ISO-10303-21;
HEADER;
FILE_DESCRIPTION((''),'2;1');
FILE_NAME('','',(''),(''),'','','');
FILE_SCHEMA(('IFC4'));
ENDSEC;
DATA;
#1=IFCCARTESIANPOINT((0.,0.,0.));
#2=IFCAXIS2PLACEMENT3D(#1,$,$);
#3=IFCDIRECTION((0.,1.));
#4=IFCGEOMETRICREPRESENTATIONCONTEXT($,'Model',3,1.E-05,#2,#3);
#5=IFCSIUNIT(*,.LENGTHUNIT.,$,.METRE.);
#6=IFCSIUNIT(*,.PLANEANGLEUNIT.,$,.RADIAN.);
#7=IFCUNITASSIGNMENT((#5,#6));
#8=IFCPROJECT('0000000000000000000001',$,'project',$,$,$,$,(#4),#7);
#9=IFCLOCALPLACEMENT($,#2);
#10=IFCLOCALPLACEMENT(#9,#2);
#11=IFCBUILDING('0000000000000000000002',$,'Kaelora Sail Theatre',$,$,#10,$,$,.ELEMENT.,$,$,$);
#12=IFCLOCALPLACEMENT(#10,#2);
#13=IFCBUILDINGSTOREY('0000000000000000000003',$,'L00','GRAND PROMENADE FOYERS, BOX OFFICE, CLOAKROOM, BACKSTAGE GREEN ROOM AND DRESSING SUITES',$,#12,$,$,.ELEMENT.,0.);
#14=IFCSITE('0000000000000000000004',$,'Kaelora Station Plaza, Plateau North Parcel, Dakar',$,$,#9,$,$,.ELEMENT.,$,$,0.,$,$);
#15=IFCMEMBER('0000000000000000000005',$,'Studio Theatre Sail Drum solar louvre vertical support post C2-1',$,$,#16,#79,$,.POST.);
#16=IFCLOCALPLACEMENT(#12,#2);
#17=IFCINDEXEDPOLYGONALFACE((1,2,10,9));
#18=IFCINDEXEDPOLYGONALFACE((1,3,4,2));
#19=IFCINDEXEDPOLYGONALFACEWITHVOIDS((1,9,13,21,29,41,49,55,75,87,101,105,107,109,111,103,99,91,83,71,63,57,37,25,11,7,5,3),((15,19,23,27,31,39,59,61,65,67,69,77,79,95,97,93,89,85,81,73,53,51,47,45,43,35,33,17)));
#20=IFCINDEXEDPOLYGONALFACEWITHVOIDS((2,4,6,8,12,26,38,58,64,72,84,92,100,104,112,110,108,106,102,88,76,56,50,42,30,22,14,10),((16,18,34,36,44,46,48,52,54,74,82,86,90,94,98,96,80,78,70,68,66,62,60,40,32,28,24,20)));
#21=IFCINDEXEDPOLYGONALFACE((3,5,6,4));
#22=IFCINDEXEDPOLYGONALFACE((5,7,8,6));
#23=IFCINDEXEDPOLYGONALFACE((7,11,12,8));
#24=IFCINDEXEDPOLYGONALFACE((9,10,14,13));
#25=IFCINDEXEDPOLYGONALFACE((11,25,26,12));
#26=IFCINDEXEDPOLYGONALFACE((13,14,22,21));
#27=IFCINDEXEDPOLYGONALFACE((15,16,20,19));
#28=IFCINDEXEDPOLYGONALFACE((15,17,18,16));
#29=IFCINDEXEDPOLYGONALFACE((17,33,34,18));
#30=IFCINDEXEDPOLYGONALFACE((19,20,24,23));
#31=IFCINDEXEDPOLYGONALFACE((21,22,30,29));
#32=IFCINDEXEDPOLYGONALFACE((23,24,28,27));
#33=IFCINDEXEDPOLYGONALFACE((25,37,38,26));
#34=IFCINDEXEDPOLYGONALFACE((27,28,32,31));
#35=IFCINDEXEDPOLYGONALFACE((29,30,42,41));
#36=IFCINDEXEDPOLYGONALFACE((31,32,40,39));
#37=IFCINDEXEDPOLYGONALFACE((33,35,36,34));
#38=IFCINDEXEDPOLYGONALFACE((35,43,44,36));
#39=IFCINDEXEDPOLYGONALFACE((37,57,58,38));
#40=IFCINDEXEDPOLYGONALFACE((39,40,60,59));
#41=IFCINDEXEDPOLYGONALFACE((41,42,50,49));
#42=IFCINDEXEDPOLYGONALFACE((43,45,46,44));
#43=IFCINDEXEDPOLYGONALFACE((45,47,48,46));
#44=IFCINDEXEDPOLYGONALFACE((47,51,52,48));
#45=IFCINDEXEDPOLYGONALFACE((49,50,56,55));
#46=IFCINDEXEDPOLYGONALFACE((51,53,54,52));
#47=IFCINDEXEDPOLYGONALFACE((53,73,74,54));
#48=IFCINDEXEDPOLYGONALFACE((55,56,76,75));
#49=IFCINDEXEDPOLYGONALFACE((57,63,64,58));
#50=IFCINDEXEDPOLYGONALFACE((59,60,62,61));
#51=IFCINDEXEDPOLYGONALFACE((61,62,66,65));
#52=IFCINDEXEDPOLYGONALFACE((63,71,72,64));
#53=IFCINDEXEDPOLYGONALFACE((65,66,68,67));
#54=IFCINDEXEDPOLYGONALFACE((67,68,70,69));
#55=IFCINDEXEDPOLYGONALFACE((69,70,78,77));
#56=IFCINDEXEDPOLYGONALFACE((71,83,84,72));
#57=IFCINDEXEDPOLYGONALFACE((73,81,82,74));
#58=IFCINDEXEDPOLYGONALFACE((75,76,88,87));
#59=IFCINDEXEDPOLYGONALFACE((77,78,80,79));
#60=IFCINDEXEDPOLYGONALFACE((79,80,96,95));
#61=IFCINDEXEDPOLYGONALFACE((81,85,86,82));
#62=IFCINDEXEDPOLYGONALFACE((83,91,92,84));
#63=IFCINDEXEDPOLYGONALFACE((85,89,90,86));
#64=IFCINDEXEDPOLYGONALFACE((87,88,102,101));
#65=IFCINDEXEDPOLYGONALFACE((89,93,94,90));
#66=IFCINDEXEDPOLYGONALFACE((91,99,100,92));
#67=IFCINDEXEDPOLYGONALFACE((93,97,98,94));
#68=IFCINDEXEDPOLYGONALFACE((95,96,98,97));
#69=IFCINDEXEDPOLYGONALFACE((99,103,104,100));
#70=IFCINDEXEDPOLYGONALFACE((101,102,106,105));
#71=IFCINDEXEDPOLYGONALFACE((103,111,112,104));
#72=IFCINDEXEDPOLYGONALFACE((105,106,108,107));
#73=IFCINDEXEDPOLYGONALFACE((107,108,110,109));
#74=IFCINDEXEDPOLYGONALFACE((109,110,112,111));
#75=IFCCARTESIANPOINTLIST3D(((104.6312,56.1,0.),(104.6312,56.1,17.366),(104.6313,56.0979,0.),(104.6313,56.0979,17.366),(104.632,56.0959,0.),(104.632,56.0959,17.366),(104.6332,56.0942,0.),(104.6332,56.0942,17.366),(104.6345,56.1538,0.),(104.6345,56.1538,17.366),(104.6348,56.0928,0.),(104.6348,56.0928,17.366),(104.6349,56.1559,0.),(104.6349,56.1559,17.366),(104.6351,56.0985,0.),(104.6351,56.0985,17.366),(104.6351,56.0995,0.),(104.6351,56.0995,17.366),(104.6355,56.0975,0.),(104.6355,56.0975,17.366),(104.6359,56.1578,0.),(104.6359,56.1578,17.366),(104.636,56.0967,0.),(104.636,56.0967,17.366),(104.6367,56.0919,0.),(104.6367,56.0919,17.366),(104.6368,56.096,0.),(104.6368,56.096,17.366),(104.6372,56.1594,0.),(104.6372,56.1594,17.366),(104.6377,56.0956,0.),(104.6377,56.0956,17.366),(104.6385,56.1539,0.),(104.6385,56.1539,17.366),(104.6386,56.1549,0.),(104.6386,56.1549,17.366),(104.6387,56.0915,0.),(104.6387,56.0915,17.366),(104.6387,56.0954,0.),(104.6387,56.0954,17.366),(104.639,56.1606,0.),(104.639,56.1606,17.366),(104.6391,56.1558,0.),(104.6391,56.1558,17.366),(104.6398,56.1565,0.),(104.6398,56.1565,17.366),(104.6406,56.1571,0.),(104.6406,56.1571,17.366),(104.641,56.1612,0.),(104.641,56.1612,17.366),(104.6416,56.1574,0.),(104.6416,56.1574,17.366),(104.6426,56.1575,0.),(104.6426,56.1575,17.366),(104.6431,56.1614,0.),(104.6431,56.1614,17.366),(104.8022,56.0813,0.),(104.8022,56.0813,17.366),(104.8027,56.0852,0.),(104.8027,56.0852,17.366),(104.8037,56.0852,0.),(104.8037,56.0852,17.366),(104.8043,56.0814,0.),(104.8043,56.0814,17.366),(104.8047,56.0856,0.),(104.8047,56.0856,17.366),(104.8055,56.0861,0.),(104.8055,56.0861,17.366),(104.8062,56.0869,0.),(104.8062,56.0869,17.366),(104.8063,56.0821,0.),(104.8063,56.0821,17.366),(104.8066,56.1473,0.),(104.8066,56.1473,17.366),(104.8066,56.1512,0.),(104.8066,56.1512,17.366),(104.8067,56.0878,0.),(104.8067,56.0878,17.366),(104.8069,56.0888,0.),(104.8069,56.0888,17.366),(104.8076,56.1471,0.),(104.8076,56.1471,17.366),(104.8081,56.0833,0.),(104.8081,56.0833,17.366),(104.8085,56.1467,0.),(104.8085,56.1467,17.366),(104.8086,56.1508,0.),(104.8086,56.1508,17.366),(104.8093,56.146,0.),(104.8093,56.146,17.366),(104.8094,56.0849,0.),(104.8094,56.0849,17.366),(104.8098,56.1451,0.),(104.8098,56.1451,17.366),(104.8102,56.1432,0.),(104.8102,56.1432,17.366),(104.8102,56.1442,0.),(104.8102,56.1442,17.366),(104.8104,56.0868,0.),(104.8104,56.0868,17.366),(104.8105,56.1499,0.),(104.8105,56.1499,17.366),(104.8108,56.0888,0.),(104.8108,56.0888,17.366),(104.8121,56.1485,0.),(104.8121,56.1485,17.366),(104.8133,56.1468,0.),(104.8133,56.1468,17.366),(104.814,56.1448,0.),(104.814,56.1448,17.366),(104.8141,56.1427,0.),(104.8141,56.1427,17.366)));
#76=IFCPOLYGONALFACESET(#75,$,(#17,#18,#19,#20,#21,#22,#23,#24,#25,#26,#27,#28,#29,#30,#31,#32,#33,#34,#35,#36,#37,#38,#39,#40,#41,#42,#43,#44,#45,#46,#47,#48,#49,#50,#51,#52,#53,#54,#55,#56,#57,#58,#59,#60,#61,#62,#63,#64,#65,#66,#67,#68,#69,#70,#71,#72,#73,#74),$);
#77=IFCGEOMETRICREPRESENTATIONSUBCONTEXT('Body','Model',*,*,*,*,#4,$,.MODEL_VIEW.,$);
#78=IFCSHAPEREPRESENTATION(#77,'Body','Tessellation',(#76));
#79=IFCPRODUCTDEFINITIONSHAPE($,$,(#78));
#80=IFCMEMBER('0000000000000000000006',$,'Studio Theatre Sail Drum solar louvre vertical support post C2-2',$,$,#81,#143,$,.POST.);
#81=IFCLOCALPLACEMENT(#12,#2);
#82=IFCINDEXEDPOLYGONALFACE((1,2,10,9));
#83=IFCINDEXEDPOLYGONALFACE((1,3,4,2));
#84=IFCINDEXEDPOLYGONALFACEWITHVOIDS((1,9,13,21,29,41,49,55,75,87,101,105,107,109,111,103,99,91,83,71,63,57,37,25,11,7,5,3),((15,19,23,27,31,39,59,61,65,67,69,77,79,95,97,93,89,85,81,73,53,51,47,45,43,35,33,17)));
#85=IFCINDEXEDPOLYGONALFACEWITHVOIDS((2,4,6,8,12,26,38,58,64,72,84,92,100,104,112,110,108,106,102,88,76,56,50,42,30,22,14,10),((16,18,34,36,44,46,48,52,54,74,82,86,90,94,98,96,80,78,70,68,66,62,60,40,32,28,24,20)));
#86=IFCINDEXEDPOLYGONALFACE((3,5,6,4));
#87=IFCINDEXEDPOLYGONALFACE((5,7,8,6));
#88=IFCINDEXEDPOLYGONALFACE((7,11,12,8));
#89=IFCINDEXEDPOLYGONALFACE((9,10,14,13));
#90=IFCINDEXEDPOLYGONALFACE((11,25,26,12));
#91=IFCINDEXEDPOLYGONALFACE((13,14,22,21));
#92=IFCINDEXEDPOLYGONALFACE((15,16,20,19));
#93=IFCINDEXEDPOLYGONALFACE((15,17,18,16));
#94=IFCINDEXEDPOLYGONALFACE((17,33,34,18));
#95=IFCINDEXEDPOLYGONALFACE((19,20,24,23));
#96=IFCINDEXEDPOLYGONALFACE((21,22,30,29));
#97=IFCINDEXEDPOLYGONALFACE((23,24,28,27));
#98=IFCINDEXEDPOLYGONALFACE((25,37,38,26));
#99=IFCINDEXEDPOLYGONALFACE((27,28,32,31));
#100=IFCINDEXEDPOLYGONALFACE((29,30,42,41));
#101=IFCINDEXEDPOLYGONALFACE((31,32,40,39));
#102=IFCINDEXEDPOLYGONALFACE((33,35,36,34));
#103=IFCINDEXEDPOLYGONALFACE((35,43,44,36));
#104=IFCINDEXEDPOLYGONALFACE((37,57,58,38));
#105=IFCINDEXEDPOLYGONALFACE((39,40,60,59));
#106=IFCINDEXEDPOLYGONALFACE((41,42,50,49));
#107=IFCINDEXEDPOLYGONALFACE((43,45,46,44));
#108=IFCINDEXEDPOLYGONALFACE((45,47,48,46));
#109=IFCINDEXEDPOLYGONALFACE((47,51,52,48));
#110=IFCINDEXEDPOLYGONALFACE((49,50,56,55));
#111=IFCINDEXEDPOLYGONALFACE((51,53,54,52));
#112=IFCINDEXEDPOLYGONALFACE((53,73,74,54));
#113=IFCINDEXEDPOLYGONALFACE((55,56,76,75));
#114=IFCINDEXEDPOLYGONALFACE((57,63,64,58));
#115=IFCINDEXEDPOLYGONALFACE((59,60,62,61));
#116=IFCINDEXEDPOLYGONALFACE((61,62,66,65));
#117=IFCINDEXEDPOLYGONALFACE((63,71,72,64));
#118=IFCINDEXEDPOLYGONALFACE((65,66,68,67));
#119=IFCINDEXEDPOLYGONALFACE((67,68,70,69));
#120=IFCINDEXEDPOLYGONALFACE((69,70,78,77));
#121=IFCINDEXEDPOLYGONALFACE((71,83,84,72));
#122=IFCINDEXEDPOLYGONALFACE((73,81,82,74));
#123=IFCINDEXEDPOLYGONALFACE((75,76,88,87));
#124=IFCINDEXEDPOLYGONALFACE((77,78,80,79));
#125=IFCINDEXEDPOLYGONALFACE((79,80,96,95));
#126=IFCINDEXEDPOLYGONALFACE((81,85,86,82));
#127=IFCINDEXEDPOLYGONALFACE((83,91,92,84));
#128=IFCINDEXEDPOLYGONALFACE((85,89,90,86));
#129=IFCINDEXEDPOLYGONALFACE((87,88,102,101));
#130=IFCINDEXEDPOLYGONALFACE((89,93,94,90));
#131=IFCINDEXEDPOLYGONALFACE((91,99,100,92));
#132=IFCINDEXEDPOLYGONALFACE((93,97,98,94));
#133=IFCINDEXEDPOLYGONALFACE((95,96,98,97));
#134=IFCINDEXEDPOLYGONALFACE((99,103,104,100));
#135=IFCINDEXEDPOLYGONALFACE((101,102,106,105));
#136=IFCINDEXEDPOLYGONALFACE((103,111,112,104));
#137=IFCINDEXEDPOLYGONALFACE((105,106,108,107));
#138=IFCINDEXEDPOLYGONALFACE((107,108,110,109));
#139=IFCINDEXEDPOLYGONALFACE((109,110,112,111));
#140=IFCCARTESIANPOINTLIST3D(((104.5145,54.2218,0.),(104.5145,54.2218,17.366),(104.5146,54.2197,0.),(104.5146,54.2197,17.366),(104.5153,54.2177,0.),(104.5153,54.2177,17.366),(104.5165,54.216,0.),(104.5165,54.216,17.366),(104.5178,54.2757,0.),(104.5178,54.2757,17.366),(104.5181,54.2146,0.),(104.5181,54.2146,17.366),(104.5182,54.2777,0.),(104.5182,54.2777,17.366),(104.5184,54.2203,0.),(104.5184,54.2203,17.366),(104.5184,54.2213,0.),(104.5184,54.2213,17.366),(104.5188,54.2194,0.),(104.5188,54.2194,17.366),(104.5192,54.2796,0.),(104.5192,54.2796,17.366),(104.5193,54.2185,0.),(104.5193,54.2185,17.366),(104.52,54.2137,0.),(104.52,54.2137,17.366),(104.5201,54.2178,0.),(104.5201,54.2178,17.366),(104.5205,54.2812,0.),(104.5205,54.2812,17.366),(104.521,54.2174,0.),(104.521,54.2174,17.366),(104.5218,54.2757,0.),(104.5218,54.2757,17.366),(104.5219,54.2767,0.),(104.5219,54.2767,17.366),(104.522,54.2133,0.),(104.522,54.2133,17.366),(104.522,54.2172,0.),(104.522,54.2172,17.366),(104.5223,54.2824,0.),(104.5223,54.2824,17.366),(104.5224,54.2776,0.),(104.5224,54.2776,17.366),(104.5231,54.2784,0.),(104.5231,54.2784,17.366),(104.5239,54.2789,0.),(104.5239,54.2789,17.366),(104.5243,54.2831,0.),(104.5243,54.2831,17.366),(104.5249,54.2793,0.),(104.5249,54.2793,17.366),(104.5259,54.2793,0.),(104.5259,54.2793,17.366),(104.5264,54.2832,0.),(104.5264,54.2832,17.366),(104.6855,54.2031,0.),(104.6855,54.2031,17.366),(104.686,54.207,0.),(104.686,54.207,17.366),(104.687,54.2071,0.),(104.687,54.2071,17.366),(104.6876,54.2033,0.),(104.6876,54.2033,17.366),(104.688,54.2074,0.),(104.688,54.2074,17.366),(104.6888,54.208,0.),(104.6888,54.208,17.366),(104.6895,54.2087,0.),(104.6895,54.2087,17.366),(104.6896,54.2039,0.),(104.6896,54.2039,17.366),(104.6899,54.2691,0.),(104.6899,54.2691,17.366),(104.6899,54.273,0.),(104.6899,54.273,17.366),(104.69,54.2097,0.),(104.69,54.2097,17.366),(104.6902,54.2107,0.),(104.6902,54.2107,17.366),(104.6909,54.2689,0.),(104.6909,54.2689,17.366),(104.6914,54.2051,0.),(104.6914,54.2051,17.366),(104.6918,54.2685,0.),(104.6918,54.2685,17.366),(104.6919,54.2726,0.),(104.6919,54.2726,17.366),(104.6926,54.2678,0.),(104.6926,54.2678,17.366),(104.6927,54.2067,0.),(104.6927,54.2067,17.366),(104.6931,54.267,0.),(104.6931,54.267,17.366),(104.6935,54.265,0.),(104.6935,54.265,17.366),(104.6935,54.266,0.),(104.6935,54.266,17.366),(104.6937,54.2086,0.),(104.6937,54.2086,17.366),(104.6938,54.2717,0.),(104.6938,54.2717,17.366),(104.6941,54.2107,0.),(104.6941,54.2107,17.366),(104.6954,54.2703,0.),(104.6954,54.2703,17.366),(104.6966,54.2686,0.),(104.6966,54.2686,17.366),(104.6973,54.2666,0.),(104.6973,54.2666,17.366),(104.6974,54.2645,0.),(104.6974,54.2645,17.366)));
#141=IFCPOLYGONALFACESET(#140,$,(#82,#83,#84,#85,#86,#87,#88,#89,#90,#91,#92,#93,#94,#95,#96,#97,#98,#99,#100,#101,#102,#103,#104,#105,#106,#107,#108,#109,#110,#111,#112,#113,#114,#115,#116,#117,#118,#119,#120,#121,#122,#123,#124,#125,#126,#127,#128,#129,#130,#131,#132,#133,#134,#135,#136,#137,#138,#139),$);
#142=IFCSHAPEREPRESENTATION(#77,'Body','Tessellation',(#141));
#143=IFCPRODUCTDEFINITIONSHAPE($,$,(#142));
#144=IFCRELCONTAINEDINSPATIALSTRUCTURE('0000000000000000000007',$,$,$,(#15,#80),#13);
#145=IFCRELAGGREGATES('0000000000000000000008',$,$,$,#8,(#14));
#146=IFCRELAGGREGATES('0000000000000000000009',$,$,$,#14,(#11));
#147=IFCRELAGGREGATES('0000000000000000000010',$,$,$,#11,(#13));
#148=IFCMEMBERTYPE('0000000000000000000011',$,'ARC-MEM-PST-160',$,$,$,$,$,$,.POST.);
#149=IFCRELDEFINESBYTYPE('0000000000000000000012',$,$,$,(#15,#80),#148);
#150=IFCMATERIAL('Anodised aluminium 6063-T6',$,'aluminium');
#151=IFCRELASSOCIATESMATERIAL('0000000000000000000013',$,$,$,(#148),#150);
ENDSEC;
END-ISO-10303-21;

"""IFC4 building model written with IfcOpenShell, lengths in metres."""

from ifc_helpers import new_model, si_unit, direction, frame, origin, origin_2d, place, context, subcontext, project, spatial, hollow_rectangle, extrude, material, material_profile, profile_set, type_object, element, save


model = new_model("IFC4")

# Units and contexts
model_context = context("Model", 3, precision=1e-05, world=origin(), true_north=direction((0.0, 1.0)))
body_context = subcontext(model_context, "Body", "Model", "MODEL_VIEW")
ifc_project = project(units=[si_unit("LENGTHUNIT", "METRE"), si_unit("PLANEANGLEUNIT", "RADIAN")], contexts=[model_context])

# Site, building, storey
site_placement = place(None, origin())
site = spatial("IfcSite", under=ifc_project, at=site_placement, Name="Kaelora Station Plaza, Plateau North Parcel, Dakar", CompositionType="ELEMENT", RefElevation=0.0)
building_placement = place(site_placement, origin())
building = spatial("IfcBuilding", under=site, at=building_placement, Name="Kaelora Sail Theatre", CompositionType="ELEMENT")
storey_placement = place(building_placement, origin())
storey = spatial("IfcBuildingStorey", under=building, at=storey_placement, Name="L00", Description="GRAND PROMENADE FOYERS, BOX OFFICE, CLOAKROOM, BACKSTAGE GREEN ROOM AND DRESSING SUITES", CompositionType="ELEMENT", Elevation=0.0)

# Members
ifc_material_1 = material(Name="Anodised aluminium 6063-T6", Category="aluminium")
ifc_material_profile_1 = material_profile(ifc_material_1, hollow_rectangle(XDim=0.0701, YDim=0.1799, WallThickness=0.0039, InnerFilletRadius=0.0039, OuterFilletRadius=0.0081, at=origin_2d()), Name="ALU-MULL 70x180x4")
ifc_profile_set_1 = profile_set([ifc_material_profile_1], Name="Anodised aluminium 6063-T6")
member_type_1 = type_object("IfcMemberType", Name="ARC-MEM-PST-160", PredefinedType="POST", material=ifc_profile_set_1)
for number, where, z_axis, x_axis, name in (
    (1, (104.7227, 56.1213, 0.0), (0.0, 0.0, 1.0), (-0.062094, -0.99807, 0.0), "Studio Theatre Sail Drum solar louvre vertical support post C2-1"),
    (2, (104.606, 54.2432, 0.0), (0.0, 0.0, 1.0), (-0.062094, -0.99807, 0.0), "Studio Theatre Sail Drum solar louvre vertical support post C2-2"),
):
    element("IfcMember", number, at=place(storey_placement, frame(where, z_axis=z_axis, x_axis=x_axis)), inside=storey, type_object=member_type_1, Name=name, PredefinedType="POST", context=body_context, shape_type="SweptSolid", body=[
        extrude(hollow_rectangle(XDim=0.0701, YDim=0.1799, WallThickness=0.0039, InnerFilletRadius=0.0039, OuterFilletRadius=0.0081, at=origin_2d()), origin(), (0.0, 0.0, 1.0), 17.366),
    ])

save(model, "model.ifc")
